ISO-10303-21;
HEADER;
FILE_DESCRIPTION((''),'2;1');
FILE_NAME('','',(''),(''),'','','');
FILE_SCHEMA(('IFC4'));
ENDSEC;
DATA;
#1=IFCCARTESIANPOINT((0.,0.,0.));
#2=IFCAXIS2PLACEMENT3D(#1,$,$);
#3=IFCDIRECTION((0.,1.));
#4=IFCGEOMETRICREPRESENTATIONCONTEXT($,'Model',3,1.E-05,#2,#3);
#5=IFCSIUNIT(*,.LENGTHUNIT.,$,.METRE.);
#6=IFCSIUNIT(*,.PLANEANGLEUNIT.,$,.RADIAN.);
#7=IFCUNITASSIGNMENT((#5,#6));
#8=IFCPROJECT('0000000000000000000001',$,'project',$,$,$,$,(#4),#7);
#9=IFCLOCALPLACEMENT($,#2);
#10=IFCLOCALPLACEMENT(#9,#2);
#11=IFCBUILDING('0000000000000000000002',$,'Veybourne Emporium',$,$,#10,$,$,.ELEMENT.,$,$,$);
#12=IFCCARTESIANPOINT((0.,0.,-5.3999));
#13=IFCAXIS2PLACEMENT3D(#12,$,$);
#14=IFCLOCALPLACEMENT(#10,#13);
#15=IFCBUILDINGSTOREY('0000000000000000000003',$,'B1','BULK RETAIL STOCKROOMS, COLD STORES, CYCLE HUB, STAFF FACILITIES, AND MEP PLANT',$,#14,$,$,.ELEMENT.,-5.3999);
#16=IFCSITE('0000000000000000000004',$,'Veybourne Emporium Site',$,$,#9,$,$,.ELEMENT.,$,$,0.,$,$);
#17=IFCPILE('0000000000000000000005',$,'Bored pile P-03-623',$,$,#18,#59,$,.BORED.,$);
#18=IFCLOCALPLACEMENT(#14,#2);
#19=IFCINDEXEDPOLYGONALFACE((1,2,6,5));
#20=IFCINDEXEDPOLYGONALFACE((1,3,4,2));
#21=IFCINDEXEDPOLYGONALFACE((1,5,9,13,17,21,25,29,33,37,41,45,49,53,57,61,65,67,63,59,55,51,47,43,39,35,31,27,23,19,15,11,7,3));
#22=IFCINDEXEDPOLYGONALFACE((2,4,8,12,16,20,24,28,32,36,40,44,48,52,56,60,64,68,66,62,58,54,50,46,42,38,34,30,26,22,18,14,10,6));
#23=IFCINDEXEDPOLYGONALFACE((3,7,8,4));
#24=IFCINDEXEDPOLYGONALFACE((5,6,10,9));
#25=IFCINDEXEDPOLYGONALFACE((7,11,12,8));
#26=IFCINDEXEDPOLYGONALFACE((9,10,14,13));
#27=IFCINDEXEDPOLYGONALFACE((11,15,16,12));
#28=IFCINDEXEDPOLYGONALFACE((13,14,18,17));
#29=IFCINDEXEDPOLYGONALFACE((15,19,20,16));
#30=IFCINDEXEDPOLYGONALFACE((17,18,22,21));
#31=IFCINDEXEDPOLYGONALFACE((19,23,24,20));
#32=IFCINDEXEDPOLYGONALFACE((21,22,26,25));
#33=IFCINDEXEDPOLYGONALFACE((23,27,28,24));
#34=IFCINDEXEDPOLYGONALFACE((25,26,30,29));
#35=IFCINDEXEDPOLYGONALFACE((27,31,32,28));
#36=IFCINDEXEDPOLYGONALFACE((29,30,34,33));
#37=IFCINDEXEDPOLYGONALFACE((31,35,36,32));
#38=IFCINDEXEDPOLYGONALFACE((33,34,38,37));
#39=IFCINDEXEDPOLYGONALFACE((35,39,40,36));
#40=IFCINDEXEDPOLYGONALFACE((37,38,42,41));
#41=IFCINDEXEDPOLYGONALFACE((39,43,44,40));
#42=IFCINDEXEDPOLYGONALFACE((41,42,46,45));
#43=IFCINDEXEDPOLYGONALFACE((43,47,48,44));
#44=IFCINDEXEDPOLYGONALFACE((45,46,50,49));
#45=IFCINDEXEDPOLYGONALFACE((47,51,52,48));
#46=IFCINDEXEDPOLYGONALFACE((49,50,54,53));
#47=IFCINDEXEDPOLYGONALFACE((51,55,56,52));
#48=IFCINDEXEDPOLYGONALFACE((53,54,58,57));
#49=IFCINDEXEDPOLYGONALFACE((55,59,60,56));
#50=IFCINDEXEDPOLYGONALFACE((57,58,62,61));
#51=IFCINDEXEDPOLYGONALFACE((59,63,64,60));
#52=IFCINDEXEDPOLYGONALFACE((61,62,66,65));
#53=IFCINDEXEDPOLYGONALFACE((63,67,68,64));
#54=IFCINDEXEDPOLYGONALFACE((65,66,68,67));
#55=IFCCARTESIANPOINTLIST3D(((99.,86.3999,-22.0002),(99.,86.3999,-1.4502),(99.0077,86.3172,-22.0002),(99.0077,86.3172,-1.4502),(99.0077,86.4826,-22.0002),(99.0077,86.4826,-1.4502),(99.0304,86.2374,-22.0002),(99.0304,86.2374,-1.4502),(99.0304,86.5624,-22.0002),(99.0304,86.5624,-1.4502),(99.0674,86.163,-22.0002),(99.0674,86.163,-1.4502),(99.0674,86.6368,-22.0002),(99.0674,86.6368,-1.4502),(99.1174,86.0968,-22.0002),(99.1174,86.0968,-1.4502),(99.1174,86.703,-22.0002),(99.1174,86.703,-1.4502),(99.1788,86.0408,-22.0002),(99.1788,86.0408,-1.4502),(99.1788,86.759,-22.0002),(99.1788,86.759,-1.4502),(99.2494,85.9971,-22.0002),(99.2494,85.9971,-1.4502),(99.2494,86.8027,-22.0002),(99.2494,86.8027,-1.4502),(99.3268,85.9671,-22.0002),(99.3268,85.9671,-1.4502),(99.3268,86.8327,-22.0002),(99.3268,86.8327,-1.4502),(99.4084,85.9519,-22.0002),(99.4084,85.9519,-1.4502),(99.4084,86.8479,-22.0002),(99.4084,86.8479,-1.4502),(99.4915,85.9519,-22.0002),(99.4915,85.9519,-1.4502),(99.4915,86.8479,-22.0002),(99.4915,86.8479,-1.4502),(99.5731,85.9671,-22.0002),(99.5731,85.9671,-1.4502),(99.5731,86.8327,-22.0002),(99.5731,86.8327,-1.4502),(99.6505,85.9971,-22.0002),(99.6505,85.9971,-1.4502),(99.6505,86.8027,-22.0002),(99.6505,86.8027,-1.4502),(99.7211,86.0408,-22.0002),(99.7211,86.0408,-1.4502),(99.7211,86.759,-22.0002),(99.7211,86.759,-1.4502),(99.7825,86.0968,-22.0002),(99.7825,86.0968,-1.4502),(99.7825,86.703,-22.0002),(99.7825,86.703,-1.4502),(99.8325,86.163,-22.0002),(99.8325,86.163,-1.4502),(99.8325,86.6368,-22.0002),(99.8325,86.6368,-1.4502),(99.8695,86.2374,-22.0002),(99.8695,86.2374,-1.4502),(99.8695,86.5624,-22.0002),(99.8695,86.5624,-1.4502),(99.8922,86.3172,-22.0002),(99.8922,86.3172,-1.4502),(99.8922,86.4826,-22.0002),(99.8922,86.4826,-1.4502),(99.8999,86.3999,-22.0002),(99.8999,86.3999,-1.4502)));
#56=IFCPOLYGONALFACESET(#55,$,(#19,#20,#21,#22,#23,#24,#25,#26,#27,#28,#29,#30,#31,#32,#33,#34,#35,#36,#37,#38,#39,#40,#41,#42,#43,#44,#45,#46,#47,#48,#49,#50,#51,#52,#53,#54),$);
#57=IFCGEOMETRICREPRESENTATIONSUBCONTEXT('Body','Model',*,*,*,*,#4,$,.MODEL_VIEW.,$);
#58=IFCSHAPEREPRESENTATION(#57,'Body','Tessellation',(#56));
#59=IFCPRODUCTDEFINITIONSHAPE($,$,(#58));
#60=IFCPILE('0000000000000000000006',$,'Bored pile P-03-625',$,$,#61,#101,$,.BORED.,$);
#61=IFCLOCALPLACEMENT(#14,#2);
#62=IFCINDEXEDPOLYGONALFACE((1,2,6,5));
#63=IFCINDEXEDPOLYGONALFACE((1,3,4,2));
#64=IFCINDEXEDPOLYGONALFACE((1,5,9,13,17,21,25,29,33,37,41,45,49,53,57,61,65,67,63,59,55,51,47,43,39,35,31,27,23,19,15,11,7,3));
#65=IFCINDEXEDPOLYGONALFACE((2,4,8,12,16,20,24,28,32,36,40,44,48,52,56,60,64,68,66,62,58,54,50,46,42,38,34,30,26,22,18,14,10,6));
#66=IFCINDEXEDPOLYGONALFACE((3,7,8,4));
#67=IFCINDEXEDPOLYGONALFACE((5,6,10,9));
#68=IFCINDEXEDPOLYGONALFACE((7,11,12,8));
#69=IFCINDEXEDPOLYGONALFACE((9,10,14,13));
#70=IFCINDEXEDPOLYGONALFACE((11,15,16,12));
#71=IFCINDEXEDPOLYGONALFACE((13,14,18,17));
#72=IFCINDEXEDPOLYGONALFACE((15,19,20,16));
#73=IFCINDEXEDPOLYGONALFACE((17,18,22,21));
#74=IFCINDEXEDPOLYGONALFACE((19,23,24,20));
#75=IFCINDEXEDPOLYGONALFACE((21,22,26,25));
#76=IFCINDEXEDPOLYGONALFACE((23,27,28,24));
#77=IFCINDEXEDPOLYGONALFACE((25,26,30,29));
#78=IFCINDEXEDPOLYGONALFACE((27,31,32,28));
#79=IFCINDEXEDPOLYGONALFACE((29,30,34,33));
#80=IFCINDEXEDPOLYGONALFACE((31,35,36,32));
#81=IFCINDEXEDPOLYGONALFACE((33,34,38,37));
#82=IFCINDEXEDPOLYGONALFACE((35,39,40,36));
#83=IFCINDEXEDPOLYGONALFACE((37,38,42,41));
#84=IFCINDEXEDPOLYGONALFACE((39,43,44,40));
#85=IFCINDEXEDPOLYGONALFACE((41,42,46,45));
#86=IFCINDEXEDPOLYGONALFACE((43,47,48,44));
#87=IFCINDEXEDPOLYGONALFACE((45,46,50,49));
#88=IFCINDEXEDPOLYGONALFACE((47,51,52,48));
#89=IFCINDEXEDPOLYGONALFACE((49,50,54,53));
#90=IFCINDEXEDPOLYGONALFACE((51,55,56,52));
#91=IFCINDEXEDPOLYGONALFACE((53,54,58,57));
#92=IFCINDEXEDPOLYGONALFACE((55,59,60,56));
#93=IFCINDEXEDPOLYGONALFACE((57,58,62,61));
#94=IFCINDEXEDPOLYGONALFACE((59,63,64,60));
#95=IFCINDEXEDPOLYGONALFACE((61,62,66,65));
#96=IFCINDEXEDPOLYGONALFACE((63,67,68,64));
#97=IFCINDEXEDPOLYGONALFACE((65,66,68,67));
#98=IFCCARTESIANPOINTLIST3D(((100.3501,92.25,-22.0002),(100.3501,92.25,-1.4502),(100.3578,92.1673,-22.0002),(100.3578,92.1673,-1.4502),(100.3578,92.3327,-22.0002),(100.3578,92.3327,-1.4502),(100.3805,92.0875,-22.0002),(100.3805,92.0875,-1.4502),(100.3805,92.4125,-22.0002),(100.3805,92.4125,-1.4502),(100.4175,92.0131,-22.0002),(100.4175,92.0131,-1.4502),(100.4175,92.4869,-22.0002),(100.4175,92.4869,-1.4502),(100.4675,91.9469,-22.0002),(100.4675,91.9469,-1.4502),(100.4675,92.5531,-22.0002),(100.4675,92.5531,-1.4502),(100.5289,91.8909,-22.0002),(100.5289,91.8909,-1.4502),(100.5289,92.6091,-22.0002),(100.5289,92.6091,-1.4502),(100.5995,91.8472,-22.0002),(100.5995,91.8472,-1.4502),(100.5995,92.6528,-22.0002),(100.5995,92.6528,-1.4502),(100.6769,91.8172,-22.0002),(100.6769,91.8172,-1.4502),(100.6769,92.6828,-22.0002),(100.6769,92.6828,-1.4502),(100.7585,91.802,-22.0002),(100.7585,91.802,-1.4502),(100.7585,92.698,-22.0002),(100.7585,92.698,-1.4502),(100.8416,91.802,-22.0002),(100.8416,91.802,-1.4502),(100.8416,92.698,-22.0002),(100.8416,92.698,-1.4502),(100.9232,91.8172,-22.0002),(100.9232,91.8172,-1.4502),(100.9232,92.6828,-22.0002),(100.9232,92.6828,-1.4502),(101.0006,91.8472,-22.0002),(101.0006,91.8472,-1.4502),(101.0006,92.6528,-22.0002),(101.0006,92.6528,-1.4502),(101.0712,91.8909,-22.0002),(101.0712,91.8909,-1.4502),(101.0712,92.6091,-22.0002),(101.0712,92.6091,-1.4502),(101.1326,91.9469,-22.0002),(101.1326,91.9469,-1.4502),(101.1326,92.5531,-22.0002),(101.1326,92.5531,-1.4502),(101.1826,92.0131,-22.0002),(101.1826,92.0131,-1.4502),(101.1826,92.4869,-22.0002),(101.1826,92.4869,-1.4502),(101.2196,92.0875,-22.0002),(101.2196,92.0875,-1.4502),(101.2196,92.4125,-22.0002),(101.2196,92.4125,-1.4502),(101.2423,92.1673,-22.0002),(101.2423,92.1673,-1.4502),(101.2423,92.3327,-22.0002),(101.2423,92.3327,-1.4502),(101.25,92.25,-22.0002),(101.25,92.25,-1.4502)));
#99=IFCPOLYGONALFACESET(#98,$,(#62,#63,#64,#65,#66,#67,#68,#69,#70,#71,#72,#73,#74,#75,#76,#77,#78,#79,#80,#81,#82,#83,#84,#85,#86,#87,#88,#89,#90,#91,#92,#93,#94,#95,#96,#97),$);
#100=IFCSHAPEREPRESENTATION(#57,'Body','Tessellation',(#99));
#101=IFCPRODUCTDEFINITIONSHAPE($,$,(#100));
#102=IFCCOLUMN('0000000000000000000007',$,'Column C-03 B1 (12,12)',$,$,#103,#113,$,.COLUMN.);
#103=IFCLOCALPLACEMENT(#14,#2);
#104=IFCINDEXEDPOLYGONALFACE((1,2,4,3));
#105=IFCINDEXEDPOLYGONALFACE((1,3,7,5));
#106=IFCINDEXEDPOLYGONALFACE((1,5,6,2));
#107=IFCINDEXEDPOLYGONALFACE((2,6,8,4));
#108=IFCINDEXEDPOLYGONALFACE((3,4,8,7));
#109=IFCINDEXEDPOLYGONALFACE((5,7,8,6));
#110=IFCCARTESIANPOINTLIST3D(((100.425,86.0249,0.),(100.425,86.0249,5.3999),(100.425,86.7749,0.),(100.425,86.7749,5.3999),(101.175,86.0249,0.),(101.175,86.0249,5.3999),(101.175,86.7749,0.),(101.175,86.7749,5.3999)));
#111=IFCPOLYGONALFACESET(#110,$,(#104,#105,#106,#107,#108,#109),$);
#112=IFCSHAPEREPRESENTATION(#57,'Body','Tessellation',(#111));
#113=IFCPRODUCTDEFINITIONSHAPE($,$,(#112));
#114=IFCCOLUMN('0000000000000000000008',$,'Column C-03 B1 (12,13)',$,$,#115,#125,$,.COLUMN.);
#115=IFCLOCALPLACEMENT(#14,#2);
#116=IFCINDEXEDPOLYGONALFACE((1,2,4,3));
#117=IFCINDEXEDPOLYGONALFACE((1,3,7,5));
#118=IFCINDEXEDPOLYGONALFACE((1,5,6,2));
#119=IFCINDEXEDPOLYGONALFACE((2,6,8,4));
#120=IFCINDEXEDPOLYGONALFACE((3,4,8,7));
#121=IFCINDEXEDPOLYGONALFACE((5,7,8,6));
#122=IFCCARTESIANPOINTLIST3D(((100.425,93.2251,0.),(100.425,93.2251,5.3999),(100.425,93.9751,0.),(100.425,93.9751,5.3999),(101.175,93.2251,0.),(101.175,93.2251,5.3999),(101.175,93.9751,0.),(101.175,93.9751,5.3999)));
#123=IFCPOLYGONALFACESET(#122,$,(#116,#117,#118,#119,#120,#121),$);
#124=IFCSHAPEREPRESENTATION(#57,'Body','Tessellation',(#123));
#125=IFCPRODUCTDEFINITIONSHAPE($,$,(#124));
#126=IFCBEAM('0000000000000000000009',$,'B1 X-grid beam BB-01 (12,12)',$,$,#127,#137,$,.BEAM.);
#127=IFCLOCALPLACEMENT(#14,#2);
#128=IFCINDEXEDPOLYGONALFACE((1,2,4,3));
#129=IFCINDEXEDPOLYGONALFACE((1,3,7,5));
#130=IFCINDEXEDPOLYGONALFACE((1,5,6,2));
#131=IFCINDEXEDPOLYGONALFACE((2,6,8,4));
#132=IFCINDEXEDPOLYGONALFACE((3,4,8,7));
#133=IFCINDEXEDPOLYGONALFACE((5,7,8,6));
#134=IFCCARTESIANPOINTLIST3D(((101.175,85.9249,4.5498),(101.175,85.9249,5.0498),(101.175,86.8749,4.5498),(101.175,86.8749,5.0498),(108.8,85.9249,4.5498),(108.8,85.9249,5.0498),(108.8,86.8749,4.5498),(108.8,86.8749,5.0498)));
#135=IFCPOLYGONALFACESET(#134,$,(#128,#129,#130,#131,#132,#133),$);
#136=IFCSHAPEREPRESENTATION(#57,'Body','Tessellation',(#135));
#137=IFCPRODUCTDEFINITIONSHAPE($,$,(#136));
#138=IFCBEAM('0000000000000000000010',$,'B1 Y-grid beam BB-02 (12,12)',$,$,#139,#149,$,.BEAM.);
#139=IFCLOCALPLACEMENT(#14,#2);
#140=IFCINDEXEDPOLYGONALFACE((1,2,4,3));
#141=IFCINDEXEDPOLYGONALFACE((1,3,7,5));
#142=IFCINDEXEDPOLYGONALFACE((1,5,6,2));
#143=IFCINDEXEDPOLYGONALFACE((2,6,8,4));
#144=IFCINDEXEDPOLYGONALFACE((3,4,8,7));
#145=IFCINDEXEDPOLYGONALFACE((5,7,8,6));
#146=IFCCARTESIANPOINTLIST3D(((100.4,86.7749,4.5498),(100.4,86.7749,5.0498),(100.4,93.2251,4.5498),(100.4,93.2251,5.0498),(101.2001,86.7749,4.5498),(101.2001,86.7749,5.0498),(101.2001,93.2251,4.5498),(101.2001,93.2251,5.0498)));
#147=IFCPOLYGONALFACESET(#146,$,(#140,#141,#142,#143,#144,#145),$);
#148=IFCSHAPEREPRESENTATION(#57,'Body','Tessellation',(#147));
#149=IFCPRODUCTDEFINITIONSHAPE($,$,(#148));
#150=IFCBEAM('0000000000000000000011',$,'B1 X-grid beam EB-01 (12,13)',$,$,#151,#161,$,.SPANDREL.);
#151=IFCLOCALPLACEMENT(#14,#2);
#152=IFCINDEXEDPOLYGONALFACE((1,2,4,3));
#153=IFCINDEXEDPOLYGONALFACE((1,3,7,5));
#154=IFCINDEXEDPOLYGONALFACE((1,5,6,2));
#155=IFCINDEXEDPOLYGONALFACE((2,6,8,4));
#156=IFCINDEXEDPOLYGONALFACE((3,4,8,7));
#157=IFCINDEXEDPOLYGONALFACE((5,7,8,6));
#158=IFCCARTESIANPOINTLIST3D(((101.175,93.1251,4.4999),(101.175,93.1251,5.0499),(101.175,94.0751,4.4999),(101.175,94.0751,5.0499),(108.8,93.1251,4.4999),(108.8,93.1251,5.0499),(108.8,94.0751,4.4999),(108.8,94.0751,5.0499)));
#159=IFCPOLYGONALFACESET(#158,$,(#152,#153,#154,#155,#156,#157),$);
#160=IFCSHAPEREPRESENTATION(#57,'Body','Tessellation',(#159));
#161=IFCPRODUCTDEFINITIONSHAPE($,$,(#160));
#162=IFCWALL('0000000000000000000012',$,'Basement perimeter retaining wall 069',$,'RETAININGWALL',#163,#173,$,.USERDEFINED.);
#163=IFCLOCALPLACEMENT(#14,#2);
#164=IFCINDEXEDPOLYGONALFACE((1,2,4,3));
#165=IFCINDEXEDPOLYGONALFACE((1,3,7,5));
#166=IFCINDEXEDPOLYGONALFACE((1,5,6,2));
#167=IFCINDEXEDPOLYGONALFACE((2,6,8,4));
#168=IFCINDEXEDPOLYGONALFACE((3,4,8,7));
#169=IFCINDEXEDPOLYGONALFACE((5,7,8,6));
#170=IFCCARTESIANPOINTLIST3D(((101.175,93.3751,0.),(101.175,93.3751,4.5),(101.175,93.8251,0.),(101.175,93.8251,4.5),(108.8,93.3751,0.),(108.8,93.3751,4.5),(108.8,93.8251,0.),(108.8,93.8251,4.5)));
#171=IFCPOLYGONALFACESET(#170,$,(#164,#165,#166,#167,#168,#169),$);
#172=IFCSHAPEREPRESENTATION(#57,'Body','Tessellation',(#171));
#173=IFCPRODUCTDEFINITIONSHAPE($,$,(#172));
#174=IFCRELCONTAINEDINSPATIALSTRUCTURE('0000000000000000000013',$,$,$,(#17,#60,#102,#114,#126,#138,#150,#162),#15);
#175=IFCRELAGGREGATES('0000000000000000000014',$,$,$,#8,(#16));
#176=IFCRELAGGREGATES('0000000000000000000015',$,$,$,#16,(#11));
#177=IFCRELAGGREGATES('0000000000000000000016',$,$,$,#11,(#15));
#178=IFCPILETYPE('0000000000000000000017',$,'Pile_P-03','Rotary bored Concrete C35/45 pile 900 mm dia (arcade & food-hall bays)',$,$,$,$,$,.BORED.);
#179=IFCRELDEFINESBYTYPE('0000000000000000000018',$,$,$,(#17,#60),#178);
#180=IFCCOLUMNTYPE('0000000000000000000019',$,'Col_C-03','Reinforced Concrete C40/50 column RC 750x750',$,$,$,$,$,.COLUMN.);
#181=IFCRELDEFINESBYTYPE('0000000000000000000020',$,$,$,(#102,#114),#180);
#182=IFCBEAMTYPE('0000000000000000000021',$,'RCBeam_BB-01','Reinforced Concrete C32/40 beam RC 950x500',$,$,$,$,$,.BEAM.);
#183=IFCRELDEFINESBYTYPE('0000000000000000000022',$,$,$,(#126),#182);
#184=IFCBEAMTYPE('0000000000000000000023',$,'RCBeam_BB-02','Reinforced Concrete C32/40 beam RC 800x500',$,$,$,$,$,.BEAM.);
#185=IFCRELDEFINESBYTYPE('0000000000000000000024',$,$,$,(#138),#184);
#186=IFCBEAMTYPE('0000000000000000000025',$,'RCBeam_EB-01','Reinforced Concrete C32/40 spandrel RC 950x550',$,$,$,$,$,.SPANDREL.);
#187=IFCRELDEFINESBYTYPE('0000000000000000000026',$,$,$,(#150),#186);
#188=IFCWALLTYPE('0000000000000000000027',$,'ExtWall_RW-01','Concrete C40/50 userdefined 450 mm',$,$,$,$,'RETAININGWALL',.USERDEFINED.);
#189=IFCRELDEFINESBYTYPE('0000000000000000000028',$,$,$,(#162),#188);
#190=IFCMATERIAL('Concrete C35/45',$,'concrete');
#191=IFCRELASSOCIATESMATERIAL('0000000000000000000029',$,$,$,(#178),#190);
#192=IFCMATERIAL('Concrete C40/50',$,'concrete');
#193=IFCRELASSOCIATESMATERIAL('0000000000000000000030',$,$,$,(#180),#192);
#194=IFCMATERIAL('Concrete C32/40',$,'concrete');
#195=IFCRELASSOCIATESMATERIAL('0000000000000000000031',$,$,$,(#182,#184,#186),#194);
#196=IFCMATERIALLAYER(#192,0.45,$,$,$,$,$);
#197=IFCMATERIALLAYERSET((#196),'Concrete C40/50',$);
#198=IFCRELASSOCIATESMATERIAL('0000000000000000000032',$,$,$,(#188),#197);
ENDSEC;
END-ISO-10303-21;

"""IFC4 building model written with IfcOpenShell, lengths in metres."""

from ifc_helpers import new_model, si_unit, direction, frame, frame_2d, origin, origin_2d, place, context, subcontext, project, spatial, rectangle, circle, extrude, material, layer, layer_set, material_profile, profile_set, type_object, element, save


model = new_model("IFC4")

# Units and contexts
model_context = context("Model", 3, precision=1e-05, world=origin(), true_north=direction((0.0, 1.0)))
body_context = subcontext(model_context, "Body", "Model", "MODEL_VIEW")
ifc_project = project(units=[si_unit("LENGTHUNIT", "METRE"), si_unit("PLANEANGLEUNIT", "RADIAN")], contexts=[model_context])

# Site, building, storey
site_placement = place(None, origin())
site = spatial("IfcSite", under=ifc_project, at=site_placement, Name="Veybourne Emporium Site", CompositionType="ELEMENT", RefElevation=0.0)
building_placement = place(site_placement, origin())
building = spatial("IfcBuilding", under=site, at=building_placement, Name="Veybourne Emporium", CompositionType="ELEMENT")
storey_placement = place(building_placement, frame((0.0, 0.0, -5.3999)))
storey = spatial("IfcBuildingStorey", under=building, at=storey_placement, Name="B1", Description="BULK RETAIL STOCKROOMS, COLD STORES, CYCLE HUB, STAFF FACILITIES, AND MEP PLANT", CompositionType="ELEMENT", Elevation=-5.3999)

# Shared definitions
ifc_material_1 = material(Name="Concrete C35/45", Category="concrete")

# Piles
ifc_material_profile_1 = material_profile(ifc_material_1, circle(Radius=0.45, at=origin_2d()), Name="BORED PILE 900")
ifc_profile_set_1 = profile_set([ifc_material_profile_1], Name="Concrete C35/45")
pile_type_1 = type_object("IfcPileType", Name="Pile_P-03", Description="Rotary bored Concrete C35/45 pile 900 mm dia (arcade & food-hall bays)", PredefinedType="BORED", material=ifc_profile_set_1)
for number, where, z_axis, x_axis, name in (
    (1, (99.45, 86.3999, -1.4502), (0.0, 0.0, -1.0), (1.0, 0.0, 0.0), "Bored pile P-03-623"),
    (2, (100.8, 92.25, -1.4502), (0.0, 0.0, -1.0), (1.0, 0.0, 0.0), "Bored pile P-03-625"),
):
    element("IfcPile", number, at=place(storey_placement, frame(where, z_axis=z_axis, x_axis=x_axis)), inside=storey, type_object=pile_type_1, Name=name, PredefinedType="BORED", context=body_context, shape_type="SweptSolid", body=[
        extrude(circle(Radius=0.45, at=origin_2d()), origin(), (0.0, 0.0, 1.0), 20.55),
    ])

# Columns
ifc_material_2 = material(Name="Concrete C40/50", Category="concrete")
ifc_material_profile_2 = material_profile(ifc_material_2, rectangle(XDim=0.75, YDim=0.75, at=origin_2d()), Name="RC 750x750")
ifc_profile_set_2 = profile_set([ifc_material_profile_2], Name="Concrete C40/50")
column_type = type_object("IfcColumnType", Name="Col_C-03", Description="Reinforced Concrete C40/50 column RC 750x750", PredefinedType="COLUMN", material=ifc_profile_set_2)
for number, where, z_axis, x_axis, name in (
    (3, (100.8, 86.3999, 0.0), (0.0, 0.0, 1.0), (1.0, 0.0, 0.0), "Column C-03 B1 (12,12)"),
    (4, (100.8, 93.6001, 0.0), (0.0, 0.0, 1.0), (1.0, 0.0, 0.0), "Column C-03 B1 (12,13)"),
):
    element("IfcColumn", number, at=place(storey_placement, frame(where, z_axis=z_axis, x_axis=x_axis)), inside=storey, type_object=column_type, Name=name, PredefinedType="COLUMN", context=body_context, shape_type="SweptSolid", body=[
        extrude(rectangle(XDim=0.75, YDim=0.75, at=origin_2d()), origin(), (0.0, 0.0, 1.0), 5.3999),
    ])

# Beams
ifc_material_3 = material(Name="Concrete C32/40", Category="concrete")
ifc_material_profile_3 = material_profile(ifc_material_3, rectangle(XDim=0.95, YDim=0.5, at=origin_2d()), Name="RC 950x500")
ifc_profile_set_3 = profile_set([ifc_material_profile_3], Name="Concrete C32/40")
beam_type_1 = type_object("IfcBeamType", Name="RCBeam_BB-01", Description="Reinforced Concrete C32/40 beam RC 950x500", PredefinedType="BEAM", material=ifc_profile_set_3)
beam_1_placement = place(storey_placement, frame((101.175, 86.3999, 4.7998), z_axis=(1.0, 0.0, 0.0), x_axis=(0.0, 1.0, 0.0)))
element("IfcBeam", 5, at=beam_1_placement, inside=storey, type_object=beam_type_1, Name="B1 X-grid beam BB-01 (12,12)", PredefinedType="BEAM", context=body_context, shape_type="SweptSolid", body=[
    extrude(rectangle(XDim=0.95, YDim=0.5, at=origin_2d()), origin(), (0.0, 0.0, 1.0), 7.625),
])
ifc_material_profile_4 = material_profile(ifc_material_3, rectangle(XDim=0.8, YDim=0.5, at=origin_2d()), Name="RC 800x500")
ifc_profile_set_4 = profile_set([ifc_material_profile_4], Name="Concrete C32/40")
beam_type_2 = type_object("IfcBeamType", Name="RCBeam_BB-02", Description="Reinforced Concrete C32/40 beam RC 800x500", PredefinedType="BEAM", material=ifc_profile_set_4)
beam_2_placement = place(storey_placement, frame((100.8, 86.7749, 4.7998), z_axis=(0.0, 1.0, 0.0), x_axis=(-1.0, 0.0, 0.0)))
element("IfcBeam", 6, at=beam_2_placement, inside=storey, type_object=beam_type_2, Name="B1 Y-grid beam BB-02 (12,12)", PredefinedType="BEAM", context=body_context, shape_type="SweptSolid", body=[
    extrude(rectangle(XDim=0.8, YDim=0.5, at=origin_2d()), origin(), (0.0, 0.0, 1.0), 6.4502),
])
ifc_material_profile_5 = material_profile(ifc_material_3, rectangle(XDim=0.95, YDim=0.55, at=origin_2d()), Name="RC 950x550")
ifc_profile_set_5 = profile_set([ifc_material_profile_5], Name="Concrete C32/40")
beam_type_3 = type_object("IfcBeamType", Name="RCBeam_EB-01", Description="Reinforced Concrete C32/40 spandrel RC 950x550", PredefinedType="SPANDREL", material=ifc_profile_set_5)
beam_3_placement = place(storey_placement, frame((101.175, 93.6001, 4.7749), z_axis=(1.0, 0.0, 0.0), x_axis=(0.0, 1.0, 0.0)))
element("IfcBeam", 7, at=beam_3_placement, inside=storey, type_object=beam_type_3, Name="B1 X-grid beam EB-01 (12,13)", PredefinedType="SPANDREL", context=body_context, shape_type="SweptSolid", body=[
    extrude(rectangle(XDim=0.95, YDim=0.55, at=origin_2d()), origin(), (0.0, 0.0, 1.0), 7.625),
])

# Wall
ifc_layer_1 = layer(ifc_material_2, 0.45)
ifc_layer_set_1 = layer_set([ifc_layer_1], Name="Concrete C40/50")
wall_type_1 = type_object("IfcWallType", Name="ExtWall_RW-01", Description="Concrete C40/50 userdefined 450 mm", ElementType="RETAININGWALL", PredefinedType="USERDEFINED", material=ifc_layer_set_1)
wall_1_placement = place(storey_placement, frame((101.175, 93.6001, 0.0), z_axis=(0.0, 0.0, 1.0), x_axis=(1.0, 0.0, 0.0)))
element("IfcWall", 8, at=wall_1_placement, inside=storey, type_object=wall_type_1, Name="Basement perimeter retaining wall 069", ObjectType="RETAININGWALL", PredefinedType="USERDEFINED", context=body_context, shape_type="SweptSolid", body=[
    extrude(rectangle(XDim=7.625, YDim=0.45, at=frame_2d((3.8125, 0.0))), origin(), (0.0, 0.0, 1.0), 4.5),
])

save(model, "model.ifc")
